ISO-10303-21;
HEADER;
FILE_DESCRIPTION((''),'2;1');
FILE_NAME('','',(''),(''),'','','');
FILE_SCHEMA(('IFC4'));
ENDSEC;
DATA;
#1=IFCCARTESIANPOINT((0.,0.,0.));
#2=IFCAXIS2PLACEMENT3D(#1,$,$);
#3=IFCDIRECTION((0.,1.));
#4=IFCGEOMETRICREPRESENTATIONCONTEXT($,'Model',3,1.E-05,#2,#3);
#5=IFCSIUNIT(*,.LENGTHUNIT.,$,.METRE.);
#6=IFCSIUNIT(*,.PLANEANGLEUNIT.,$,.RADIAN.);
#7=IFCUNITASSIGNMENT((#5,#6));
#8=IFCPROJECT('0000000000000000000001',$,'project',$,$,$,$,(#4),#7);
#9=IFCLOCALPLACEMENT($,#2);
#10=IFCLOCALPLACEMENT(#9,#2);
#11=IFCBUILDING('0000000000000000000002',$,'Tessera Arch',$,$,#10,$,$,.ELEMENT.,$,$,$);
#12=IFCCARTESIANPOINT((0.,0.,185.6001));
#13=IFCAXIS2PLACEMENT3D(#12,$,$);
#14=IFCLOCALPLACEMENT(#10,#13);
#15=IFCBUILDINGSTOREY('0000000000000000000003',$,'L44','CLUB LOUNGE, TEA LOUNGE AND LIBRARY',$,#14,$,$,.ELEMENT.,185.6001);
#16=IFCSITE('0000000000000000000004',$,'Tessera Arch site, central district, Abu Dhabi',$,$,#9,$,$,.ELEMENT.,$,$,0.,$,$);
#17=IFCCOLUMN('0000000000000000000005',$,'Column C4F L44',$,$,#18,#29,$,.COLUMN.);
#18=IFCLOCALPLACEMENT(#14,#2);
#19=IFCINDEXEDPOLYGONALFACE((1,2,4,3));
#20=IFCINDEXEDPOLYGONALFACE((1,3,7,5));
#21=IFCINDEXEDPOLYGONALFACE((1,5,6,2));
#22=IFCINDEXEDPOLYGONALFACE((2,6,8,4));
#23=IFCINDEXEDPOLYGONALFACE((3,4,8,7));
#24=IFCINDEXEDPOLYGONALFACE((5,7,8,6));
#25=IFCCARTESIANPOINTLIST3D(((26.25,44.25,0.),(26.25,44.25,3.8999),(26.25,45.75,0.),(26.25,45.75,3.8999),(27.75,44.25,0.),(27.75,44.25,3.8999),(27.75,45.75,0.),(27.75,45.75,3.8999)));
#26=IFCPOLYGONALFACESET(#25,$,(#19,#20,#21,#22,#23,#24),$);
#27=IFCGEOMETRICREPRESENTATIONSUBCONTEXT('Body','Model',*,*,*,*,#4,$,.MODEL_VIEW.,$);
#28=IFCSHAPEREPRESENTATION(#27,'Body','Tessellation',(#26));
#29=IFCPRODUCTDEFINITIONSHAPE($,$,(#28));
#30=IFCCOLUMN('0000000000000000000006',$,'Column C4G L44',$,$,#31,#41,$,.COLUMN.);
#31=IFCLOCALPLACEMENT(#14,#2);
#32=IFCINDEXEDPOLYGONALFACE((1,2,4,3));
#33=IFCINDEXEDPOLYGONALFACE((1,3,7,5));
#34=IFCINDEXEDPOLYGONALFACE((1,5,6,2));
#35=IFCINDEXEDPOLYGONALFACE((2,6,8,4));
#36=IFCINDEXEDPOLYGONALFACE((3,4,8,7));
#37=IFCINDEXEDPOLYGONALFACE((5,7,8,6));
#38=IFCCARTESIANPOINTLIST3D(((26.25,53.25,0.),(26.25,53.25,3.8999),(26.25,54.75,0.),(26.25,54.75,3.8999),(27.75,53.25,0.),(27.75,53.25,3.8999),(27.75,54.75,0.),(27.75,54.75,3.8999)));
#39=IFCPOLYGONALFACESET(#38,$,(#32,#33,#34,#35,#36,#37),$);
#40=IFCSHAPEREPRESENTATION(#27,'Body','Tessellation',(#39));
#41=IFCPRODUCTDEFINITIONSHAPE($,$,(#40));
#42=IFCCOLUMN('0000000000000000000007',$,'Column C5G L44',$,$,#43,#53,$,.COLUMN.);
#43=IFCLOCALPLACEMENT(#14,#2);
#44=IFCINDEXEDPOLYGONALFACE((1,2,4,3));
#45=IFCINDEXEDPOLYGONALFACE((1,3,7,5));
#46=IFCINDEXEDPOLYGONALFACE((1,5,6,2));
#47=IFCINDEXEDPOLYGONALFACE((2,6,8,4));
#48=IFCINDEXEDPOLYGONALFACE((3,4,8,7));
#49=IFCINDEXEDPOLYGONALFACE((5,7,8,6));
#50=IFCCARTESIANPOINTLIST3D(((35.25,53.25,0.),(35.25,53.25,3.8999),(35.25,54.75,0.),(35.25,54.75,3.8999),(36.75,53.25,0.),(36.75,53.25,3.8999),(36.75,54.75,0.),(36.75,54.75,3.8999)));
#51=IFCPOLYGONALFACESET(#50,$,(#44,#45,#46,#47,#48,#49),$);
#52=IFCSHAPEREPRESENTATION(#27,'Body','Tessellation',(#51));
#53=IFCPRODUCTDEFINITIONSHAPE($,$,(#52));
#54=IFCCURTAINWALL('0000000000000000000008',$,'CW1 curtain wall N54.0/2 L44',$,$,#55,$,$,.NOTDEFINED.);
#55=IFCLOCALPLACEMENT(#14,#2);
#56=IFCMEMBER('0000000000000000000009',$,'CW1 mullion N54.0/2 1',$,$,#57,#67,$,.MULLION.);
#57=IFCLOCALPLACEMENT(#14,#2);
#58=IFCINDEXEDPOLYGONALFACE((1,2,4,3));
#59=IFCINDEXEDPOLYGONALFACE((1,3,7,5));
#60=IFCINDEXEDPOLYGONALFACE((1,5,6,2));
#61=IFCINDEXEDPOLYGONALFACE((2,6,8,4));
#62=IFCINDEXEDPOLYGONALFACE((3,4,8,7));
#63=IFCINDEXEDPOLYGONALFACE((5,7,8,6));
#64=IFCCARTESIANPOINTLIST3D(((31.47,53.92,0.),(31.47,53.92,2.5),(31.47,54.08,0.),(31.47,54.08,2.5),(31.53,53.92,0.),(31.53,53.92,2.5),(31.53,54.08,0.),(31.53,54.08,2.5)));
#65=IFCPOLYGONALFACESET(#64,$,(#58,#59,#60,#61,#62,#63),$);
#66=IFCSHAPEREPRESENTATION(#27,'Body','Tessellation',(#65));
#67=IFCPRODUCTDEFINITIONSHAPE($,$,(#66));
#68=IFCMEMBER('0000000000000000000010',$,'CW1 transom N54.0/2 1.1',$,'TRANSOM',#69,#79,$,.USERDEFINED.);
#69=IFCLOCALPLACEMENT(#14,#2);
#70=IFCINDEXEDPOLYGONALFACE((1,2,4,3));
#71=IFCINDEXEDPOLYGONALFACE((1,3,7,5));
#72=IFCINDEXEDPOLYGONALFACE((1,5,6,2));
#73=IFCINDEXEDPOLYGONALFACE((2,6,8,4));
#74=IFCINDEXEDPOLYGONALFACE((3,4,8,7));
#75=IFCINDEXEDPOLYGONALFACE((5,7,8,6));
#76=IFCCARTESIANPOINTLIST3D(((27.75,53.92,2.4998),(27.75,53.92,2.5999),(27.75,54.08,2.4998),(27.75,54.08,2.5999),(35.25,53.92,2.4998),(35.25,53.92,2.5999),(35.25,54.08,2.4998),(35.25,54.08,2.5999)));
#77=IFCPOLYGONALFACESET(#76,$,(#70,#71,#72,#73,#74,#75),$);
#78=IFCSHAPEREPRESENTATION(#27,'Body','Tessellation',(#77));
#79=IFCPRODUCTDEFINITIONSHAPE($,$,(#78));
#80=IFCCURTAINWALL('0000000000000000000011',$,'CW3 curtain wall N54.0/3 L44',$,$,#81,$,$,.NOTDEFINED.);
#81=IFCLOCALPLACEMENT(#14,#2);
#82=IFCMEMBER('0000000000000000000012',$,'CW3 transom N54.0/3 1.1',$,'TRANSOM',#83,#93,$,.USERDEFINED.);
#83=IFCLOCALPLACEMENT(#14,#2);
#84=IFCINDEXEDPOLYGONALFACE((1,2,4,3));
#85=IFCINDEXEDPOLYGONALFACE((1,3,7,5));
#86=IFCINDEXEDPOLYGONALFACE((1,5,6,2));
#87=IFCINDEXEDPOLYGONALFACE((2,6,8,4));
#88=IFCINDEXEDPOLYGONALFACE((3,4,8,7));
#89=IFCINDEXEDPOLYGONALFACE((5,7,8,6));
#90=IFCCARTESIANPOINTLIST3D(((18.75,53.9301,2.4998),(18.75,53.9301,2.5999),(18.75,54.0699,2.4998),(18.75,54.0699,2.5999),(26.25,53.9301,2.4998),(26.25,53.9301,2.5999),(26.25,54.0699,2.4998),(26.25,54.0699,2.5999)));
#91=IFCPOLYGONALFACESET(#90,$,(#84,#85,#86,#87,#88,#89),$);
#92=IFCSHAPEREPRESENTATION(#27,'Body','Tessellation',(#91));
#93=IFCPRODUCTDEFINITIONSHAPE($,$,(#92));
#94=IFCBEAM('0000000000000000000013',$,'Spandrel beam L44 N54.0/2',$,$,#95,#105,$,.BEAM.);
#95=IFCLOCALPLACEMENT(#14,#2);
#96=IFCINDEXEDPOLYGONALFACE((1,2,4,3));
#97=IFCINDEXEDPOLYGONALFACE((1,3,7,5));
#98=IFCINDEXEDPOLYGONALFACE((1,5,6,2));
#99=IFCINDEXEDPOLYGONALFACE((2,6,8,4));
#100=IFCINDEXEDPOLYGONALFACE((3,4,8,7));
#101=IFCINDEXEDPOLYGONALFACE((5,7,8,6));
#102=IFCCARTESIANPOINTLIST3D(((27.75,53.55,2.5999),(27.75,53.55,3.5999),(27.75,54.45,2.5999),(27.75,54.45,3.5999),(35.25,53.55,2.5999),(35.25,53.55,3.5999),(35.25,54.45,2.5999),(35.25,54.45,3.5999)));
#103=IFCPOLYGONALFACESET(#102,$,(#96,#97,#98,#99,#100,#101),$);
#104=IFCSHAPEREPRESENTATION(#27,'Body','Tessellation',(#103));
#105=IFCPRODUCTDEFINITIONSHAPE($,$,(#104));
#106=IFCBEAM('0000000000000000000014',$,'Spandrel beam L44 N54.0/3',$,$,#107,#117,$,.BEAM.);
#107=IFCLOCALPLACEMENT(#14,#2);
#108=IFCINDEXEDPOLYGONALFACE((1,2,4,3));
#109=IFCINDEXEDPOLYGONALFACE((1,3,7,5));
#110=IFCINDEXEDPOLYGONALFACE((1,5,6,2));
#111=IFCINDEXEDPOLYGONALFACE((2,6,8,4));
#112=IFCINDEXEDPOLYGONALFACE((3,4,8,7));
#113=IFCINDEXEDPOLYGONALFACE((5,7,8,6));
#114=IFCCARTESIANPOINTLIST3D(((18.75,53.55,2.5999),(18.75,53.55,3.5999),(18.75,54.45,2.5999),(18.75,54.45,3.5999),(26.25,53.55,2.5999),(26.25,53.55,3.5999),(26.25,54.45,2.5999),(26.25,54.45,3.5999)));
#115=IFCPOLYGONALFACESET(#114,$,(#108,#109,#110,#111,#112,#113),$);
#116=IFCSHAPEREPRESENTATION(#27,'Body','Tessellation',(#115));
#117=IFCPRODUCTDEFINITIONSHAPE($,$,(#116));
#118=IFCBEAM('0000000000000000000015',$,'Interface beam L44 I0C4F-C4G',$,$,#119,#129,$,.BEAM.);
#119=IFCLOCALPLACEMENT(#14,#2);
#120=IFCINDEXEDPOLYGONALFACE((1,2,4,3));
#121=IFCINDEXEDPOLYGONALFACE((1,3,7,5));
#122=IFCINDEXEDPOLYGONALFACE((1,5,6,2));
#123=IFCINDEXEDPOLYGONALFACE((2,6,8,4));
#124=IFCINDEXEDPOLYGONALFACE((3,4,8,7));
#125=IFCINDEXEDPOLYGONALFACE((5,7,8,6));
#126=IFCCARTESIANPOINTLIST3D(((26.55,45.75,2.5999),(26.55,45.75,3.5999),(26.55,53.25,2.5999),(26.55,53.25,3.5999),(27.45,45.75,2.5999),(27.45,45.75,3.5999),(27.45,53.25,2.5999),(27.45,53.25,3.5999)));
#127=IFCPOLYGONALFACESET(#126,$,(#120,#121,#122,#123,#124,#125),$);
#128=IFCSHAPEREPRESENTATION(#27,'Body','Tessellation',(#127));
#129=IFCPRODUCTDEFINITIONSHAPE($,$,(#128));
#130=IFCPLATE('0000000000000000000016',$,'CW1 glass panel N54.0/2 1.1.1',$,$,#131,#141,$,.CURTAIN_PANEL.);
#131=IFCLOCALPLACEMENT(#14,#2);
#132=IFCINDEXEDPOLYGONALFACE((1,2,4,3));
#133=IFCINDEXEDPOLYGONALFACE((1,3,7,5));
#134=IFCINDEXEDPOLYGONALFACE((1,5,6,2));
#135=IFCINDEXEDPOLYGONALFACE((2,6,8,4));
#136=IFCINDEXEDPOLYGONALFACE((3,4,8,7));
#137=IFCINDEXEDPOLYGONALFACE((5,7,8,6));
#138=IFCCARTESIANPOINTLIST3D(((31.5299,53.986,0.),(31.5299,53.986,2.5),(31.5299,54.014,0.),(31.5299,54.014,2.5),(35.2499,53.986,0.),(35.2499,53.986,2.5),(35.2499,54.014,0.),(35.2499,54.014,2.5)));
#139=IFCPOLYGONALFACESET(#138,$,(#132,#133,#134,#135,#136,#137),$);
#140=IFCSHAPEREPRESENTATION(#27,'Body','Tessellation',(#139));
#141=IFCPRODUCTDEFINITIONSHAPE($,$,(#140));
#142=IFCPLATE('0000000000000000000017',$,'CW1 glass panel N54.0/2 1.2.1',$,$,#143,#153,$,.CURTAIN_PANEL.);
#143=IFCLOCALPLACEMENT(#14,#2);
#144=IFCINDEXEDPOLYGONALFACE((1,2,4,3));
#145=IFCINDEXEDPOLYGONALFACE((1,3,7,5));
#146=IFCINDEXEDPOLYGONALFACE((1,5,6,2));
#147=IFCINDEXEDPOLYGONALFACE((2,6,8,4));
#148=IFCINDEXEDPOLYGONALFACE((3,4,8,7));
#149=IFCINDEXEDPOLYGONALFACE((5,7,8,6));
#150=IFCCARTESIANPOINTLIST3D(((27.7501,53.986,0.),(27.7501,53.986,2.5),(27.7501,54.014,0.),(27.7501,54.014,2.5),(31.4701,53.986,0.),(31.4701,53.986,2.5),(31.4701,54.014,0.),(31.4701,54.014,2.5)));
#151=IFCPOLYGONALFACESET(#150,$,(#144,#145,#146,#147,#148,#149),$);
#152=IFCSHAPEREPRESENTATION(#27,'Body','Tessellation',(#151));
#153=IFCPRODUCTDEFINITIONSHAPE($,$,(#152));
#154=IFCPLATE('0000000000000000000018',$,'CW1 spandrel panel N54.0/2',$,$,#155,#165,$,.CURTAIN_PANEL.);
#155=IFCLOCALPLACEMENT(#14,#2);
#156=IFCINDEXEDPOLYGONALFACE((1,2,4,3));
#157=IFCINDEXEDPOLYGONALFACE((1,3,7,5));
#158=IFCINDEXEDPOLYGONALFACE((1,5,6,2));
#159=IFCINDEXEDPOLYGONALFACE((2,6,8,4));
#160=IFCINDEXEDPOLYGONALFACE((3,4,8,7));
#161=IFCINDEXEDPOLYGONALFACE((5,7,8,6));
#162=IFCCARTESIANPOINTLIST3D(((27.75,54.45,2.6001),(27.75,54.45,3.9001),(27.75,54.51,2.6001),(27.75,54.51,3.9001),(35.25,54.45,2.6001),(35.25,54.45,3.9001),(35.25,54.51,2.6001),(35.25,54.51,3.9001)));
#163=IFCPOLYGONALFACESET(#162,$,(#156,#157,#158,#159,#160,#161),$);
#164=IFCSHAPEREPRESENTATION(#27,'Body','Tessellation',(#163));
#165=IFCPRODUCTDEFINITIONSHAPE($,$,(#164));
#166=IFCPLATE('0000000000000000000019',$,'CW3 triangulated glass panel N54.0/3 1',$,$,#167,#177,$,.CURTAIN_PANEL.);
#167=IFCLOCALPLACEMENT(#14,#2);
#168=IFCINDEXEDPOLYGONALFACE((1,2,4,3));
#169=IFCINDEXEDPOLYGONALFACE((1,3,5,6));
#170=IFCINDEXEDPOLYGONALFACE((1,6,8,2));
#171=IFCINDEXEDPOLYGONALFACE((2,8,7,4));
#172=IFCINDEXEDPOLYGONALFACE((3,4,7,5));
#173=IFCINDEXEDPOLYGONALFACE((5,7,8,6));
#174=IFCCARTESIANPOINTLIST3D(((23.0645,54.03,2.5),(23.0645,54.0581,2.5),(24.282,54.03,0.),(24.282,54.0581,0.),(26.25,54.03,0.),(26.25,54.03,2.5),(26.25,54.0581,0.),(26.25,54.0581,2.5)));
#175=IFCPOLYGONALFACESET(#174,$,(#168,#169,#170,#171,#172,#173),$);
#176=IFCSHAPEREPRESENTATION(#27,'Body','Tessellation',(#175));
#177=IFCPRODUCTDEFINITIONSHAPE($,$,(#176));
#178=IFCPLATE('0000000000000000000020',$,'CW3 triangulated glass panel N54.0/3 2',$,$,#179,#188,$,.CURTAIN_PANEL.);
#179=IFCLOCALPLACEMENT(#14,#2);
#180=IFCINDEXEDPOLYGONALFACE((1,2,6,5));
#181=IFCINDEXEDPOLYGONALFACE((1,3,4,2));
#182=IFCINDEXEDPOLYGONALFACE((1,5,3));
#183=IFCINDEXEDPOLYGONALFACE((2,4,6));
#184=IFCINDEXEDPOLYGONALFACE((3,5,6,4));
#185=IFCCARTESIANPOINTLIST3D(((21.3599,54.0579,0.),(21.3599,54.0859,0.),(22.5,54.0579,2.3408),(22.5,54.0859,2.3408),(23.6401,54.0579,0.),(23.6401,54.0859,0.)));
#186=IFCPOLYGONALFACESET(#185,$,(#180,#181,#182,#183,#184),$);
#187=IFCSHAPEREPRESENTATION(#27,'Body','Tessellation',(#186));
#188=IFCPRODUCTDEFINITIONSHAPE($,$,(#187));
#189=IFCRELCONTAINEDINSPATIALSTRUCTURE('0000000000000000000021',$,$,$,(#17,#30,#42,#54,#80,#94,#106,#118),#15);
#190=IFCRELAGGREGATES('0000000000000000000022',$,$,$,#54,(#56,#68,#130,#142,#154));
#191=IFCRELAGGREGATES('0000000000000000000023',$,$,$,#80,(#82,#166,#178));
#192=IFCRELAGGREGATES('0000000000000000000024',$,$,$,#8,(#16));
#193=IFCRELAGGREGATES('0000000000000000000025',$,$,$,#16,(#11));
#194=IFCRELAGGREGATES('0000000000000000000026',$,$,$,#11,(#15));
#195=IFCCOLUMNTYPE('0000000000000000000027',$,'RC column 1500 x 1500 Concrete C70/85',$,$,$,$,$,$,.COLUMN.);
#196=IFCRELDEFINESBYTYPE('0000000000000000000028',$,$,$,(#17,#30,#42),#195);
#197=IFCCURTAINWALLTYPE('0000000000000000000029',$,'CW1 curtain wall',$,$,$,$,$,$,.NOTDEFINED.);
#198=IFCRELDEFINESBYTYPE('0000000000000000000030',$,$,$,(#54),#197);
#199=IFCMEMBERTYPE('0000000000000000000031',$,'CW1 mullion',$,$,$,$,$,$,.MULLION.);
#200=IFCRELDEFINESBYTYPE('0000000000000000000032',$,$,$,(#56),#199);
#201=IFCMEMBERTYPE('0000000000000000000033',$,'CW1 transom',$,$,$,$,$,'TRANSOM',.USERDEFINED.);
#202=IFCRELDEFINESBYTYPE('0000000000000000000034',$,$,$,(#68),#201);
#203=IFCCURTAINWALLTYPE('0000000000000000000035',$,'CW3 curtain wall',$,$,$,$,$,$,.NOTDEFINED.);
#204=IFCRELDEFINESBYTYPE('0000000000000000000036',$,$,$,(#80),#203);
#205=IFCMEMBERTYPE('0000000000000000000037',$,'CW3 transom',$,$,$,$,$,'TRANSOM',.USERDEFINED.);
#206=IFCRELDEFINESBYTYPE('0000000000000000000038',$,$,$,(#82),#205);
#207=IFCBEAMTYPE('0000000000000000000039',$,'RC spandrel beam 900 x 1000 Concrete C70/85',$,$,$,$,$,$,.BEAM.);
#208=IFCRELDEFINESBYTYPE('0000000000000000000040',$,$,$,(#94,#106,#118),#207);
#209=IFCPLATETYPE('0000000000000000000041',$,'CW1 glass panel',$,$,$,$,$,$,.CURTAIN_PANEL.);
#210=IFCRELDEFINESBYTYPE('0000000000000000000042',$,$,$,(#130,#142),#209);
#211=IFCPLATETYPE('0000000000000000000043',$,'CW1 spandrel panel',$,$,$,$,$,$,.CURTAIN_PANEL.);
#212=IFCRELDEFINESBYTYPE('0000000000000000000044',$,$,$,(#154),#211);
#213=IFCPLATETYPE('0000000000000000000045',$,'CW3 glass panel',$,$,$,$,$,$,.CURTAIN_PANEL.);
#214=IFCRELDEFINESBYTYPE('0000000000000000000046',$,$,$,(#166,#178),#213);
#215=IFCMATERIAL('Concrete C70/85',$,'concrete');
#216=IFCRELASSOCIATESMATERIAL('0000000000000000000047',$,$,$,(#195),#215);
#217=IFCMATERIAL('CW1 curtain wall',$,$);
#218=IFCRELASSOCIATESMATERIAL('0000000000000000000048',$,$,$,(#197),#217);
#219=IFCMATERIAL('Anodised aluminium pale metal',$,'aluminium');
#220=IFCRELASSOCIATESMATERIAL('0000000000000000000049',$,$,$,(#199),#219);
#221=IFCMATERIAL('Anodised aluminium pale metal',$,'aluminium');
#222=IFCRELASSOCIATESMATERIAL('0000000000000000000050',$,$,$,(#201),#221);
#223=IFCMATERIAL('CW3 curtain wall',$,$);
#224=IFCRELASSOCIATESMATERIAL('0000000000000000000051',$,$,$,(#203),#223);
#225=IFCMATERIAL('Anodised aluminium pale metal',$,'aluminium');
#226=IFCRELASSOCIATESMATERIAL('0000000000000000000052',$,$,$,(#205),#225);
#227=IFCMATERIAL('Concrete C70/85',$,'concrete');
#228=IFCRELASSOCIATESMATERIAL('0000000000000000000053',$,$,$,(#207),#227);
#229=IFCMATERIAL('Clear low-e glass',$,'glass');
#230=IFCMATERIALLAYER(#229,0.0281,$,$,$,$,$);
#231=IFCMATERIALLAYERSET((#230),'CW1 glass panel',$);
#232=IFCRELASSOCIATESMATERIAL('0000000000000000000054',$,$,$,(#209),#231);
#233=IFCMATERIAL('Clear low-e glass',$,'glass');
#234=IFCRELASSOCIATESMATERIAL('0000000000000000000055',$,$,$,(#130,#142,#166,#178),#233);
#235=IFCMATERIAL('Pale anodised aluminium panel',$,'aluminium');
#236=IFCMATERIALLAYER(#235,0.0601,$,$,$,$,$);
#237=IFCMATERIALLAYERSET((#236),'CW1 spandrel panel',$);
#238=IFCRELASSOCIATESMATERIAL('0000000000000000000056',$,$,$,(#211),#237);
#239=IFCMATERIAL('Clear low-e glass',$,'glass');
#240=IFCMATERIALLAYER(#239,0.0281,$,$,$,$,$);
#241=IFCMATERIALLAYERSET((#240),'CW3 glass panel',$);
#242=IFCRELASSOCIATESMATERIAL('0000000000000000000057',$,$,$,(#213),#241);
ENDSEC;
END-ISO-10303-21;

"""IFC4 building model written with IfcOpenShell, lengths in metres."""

from ifc_helpers import new_model, si_unit, direction, frame, origin, origin_2d, place, context, subcontext, project, spatial, polyline, rectangle, outline, extrude, material, layer, layer_set, material_profile, profile_set, type_object, element, aggregate, save


model = new_model("IFC4")

# Units and contexts
model_context = context("Model", 3, precision=1e-05, world=origin(), true_north=direction((0.0, 1.0)))
body_context = subcontext(model_context, "Body", "Model", "MODEL_VIEW")
ifc_project = project(units=[si_unit("LENGTHUNIT", "METRE"), si_unit("PLANEANGLEUNIT", "RADIAN")], contexts=[model_context])

# Site, building, storey
site_placement = place(None, origin())
site = spatial("IfcSite", under=ifc_project, at=site_placement, Name="Tessera Arch site, central district, Abu Dhabi", CompositionType="ELEMENT", RefElevation=0.0)
building_placement = place(site_placement, origin())
building = spatial("IfcBuilding", under=site, at=building_placement, Name="Tessera Arch", CompositionType="ELEMENT")
storey_placement = place(building_placement, frame((0.0, 0.0, 185.6001)))
storey = spatial("IfcBuildingStorey", under=building, at=storey_placement, Name="L44", Description="CLUB LOUNGE, TEA LOUNGE AND LIBRARY", CompositionType="ELEMENT", Elevation=185.6001)

# Columns
ifc_material_1 = material(Name="Concrete C70/85", Category="concrete")
ifc_material_profile_1 = material_profile(ifc_material_1, rectangle(XDim=1.5, YDim=1.5, at=origin_2d()), Name="RC column 1500 x 1500 Concrete C70/85")
ifc_profile_set_1 = profile_set([ifc_material_profile_1], Name="Concrete C70/85")
column_type = type_object("IfcColumnType", Name="RC column 1500 x 1500 Concrete C70/85", PredefinedType="COLUMN", material=ifc_profile_set_1)
for number, where, z_axis, x_axis, name in (
    (1, (27.0, 45.0, 0.0), (0.0, 0.0, 1.0), (1.0, 0.0, 0.0), "Column C4F L44"),
    (2, (27.0, 54.0, 0.0), (0.0, 0.0, 1.0), (1.0, 0.0, 0.0), "Column C4G L44"),
    (3, (36.0, 54.0, 0.0), (0.0, 0.0, 1.0), (1.0, 0.0, 0.0), "Column C5G L44"),
):
    element("IfcColumn", number, at=place(storey_placement, frame(where, z_axis=z_axis, x_axis=x_axis)), inside=storey, type_object=column_type, Name=name, PredefinedType="COLUMN", context=body_context, shape_type="SweptSolid", body=[
        extrude(rectangle(XDim=1.5, YDim=1.5, at=origin_2d()), origin(), (0.0, 0.0, 1.0), 3.8999),
    ])

# Curtain wall, members
ifc_material_2 = material(Name="CW1 curtain wall")
curtain_wall_type_1 = type_object("IfcCurtainWallType", Name="CW1 curtain wall", PredefinedType="NOTDEFINED", material=ifc_material_2)
curtain_wall_1_placement = place(storey_placement, origin())
curtain_wall_1 = element("IfcCurtainWall", 4, at=curtain_wall_1_placement, inside=storey, type_object=curtain_wall_type_1, Name="CW1 curtain wall N54.0/2 L44", PredefinedType="NOTDEFINED")
ifc_material_3 = material(Name="Anodised aluminium pale metal", Category="aluminium")
ifc_material_profile_2 = material_profile(ifc_material_3, rectangle(XDim=0.1599, YDim=0.0601, at=origin_2d()), Name="AL 60x160")
ifc_profile_set_2 = profile_set([ifc_material_profile_2], Name="Anodised aluminium pale metal")
member_type_1 = type_object("IfcMemberType", Name="CW1 mullion", PredefinedType="MULLION", material=ifc_profile_set_2)
member_1_placement = place(storey_placement, frame((31.5, 54.0, 0.0), z_axis=(0.0, 0.0, 1.0), x_axis=(0.0, -1.0, 0.0)))
member_1 = element("IfcMember", 5, at=member_1_placement, type_object=member_type_1, Name="CW1 mullion N54.0/2 1", PredefinedType="MULLION", context=body_context, shape_type="SweptSolid", body=[
    extrude(rectangle(XDim=0.1599, YDim=0.0601, at=origin_2d()), origin(), (0.0, 0.0, 1.0), 2.5),
])
ifc_material_4 = material(Name="Anodised aluminium pale metal", Category="aluminium")
ifc_material_profile_3 = material_profile(ifc_material_4, rectangle(XDim=0.1599, YDim=0.1001, at=origin_2d()), Name="AL 160x100")
ifc_profile_set_3 = profile_set([ifc_material_profile_3], Name="Anodised aluminium pale metal")
member_type_2 = type_object("IfcMemberType", Name="CW1 transom", ElementType="TRANSOM", PredefinedType="USERDEFINED", material=ifc_profile_set_3)
member_2_placement = place(storey_placement, frame((35.25, 54.0, 2.5498), z_axis=(-1.0, 0.0, 0.0), x_axis=(0.0, -1.0, 0.0)))
member_2 = element("IfcMember", 6, at=member_2_placement, type_object=member_type_2, Name="CW1 transom N54.0/2 1.1", ObjectType="TRANSOM", PredefinedType="USERDEFINED", context=body_context, shape_type="SweptSolid", body=[
    extrude(rectangle(XDim=0.1599, YDim=0.1001, at=origin_2d()), origin(), (0.0, 0.0, 1.0), 7.5),
])

# Curtain wall, member
ifc_material_5 = material(Name="CW3 curtain wall")
curtain_wall_type_2 = type_object("IfcCurtainWallType", Name="CW3 curtain wall", PredefinedType="NOTDEFINED", material=ifc_material_5)
curtain_wall_2_placement = place(storey_placement, origin())
curtain_wall_2 = element("IfcCurtainWall", 7, at=curtain_wall_2_placement, inside=storey, type_object=curtain_wall_type_2, Name="CW3 curtain wall N54.0/3 L44", PredefinedType="NOTDEFINED")
ifc_material_6 = material(Name="Anodised aluminium pale metal", Category="aluminium")
ifc_material_profile_4 = material_profile(ifc_material_6, rectangle(XDim=0.1399, YDim=0.1001, at=origin_2d()), Name="AL 140x100")
ifc_profile_set_4 = profile_set([ifc_material_profile_4], Name="Anodised aluminium pale metal")
member_type_3 = type_object("IfcMemberType", Name="CW3 transom", ElementType="TRANSOM", PredefinedType="USERDEFINED", material=ifc_profile_set_4)
member_3_placement = place(storey_placement, frame((26.25, 54.0, 2.5498), z_axis=(-1.0, 0.0, 0.0), x_axis=(0.0, -1.0, 0.0)))
member_3 = element("IfcMember", 8, at=member_3_placement, type_object=member_type_3, Name="CW3 transom N54.0/3 1.1", ObjectType="TRANSOM", PredefinedType="USERDEFINED", context=body_context, shape_type="SweptSolid", body=[
    extrude(rectangle(XDim=0.1399, YDim=0.1001, at=origin_2d()), origin(), (0.0, 0.0, 1.0), 7.5),
])

# Beams
ifc_material_7 = material(Name="Concrete C70/85", Category="concrete")
ifc_material_profile_5 = material_profile(ifc_material_7, rectangle(XDim=0.8999, YDim=1.0, at=origin_2d()), Name="RC spandrel beam 900 x 1000 Concrete C70/85")
ifc_profile_set_5 = profile_set([ifc_material_profile_5], Name="Concrete C70/85")
beam_type = type_object("IfcBeamType", Name="RC spandrel beam 900 x 1000 Concrete C70/85", PredefinedType="BEAM", material=ifc_profile_set_5)
for number, where, z_axis, x_axis, name in (
    (9, (35.25, 54.0, 3.0999), (-1.0, 0.0, 0.0), (0.0, -1.0, 0.0), "Spandrel beam L44 N54.0/2"),
    (10, (26.25, 54.0, 3.0999), (-1.0, 0.0, 0.0), (0.0, -1.0, 0.0), "Spandrel beam L44 N54.0/3"),
    (11, (27.0, 45.75, 3.0999), (0.0, 1.0, 0.0), (-1.0, 0.0, 0.0), "Interface beam L44 I0C4F-C4G"),
):
    element("IfcBeam", number, at=place(storey_placement, frame(where, z_axis=z_axis, x_axis=x_axis)), inside=storey, type_object=beam_type, Name=name, PredefinedType="BEAM", context=body_context, shape_type="SweptSolid", body=[
        extrude(rectangle(XDim=0.8999, YDim=1.0, at=origin_2d()), origin(), (0.0, 0.0, 1.0), 7.5),
    ])

# Plates
ifc_material_8 = material(Name="Clear low-e glass", Category="glass")
ifc_material_9 = material(Name="Clear low-e glass", Category="glass")
ifc_layer_1 = layer(ifc_material_9, 0.0281)
ifc_layer_set_1 = layer_set([ifc_layer_1], Name="CW1 glass panel")
plate_type_1 = type_object("IfcPlateType", Name="CW1 glass panel", PredefinedType="CURTAIN_PANEL", material=ifc_layer_set_1)
plate_1_placement = place(storey_placement, frame((33.3899, 54.0, 0.0), z_axis=(0.0, 0.0, 1.0), x_axis=(-1.0, 0.0, 0.0)))
plate_1 = element("IfcPlate", 12, at=plate_1_placement, type_object=plate_type_1, material=ifc_material_8, Name="CW1 glass panel N54.0/2 1.1.1", PredefinedType="CURTAIN_PANEL", context=body_context, shape_type="SweptSolid", body=[
    extrude(rectangle(XDim=3.72, YDim=0.0281, at=origin_2d()), origin(), (0.0, 0.0, 1.0), 2.5),
])
plate_2_placement = place(storey_placement, frame((29.6101, 54.0, 0.0), z_axis=(0.0, 0.0, 1.0), x_axis=(-1.0, 0.0, 0.0)))
plate_2 = element("IfcPlate", 13, at=plate_2_placement, type_object=plate_type_1, material=ifc_material_8, Name="CW1 glass panel N54.0/2 1.2.1", PredefinedType="CURTAIN_PANEL", context=body_context, shape_type="SweptSolid", body=[
    extrude(rectangle(XDim=3.72, YDim=0.0281, at=origin_2d()), origin(), (0.0, 0.0, 1.0), 2.5),
])
ifc_material_10 = material(Name="Pale anodised aluminium panel", Category="aluminium")
ifc_layer_2 = layer(ifc_material_10, 0.0601)
ifc_layer_set_2 = layer_set([ifc_layer_2], Name="CW1 spandrel panel")
plate_type_2 = type_object("IfcPlateType", Name="CW1 spandrel panel", PredefinedType="CURTAIN_PANEL", material=ifc_layer_set_2)
plate_3_placement = place(storey_placement, frame((31.5, 54.48, 2.6001), z_axis=(0.0, 0.0, 1.0), x_axis=(-1.0, 0.0, 0.0)))
plate_3 = element("IfcPlate", 14, at=plate_3_placement, type_object=plate_type_2, Name="CW1 spandrel panel N54.0/2", PredefinedType="CURTAIN_PANEL", context=body_context, shape_type="SweptSolid", body=[
    extrude(rectangle(XDim=7.5, YDim=0.0601, at=origin_2d()), origin(), (0.0, 0.0, 1.0), 1.3),
])
aggregate(curtain_wall_1, [member_1, member_2, plate_1, plate_2, plate_3])
ifc_material_11 = material(Name="Clear low-e glass", Category="glass")
ifc_layer_3 = layer(ifc_material_11, 0.0281)
ifc_layer_set_3 = layer_set([ifc_layer_3], Name="CW3 glass panel")
plate_type_3 = type_object("IfcPlateType", Name="CW3 glass panel", PredefinedType="CURTAIN_PANEL", material=ifc_layer_set_3)
plate_4_placement = place(storey_placement, frame((26.25, 54.0581, 0.0), z_axis=(0.0, 1.0, 0.0), x_axis=(-1.0, 0.0, 0.0)))
plate_4 = element("IfcPlate", 15, at=plate_4_placement, type_object=plate_type_3, material=ifc_material_8, Name="CW3 triangulated glass panel N54.0/3 1", PredefinedType="CURTAIN_PANEL", context=body_context, shape_type="SweptSolid", body=[
    extrude(outline(polyline([(0.0, 0.0), (1.968, 0.0), (3.1855, 2.5), (0.0, 2.5), (0.0, 0.0)])), origin(), (0.0, 0.0, -1.0), 0.0281),
])
plate_5_placement = place(storey_placement, frame((23.6401, 54.0859, 0.0), z_axis=(0.0, 1.0, 0.0), x_axis=(-1.0, 0.0, 0.0)))
plate_5 = element("IfcPlate", 16, at=plate_5_placement, type_object=plate_type_3, material=ifc_material_8, Name="CW3 triangulated glass panel N54.0/3 2", PredefinedType="CURTAIN_PANEL", context=body_context, shape_type="SweptSolid", body=[
    extrude(outline(polyline([(0.0, 0.0), (2.2803, 0.0), (1.1401, 2.3408), (0.0, 0.0)])), origin(), (0.0, 0.0, -1.0), 0.0281),
])
aggregate(curtain_wall_2, [member_3, plate_4, plate_5])

save(model, "model.ifc")
